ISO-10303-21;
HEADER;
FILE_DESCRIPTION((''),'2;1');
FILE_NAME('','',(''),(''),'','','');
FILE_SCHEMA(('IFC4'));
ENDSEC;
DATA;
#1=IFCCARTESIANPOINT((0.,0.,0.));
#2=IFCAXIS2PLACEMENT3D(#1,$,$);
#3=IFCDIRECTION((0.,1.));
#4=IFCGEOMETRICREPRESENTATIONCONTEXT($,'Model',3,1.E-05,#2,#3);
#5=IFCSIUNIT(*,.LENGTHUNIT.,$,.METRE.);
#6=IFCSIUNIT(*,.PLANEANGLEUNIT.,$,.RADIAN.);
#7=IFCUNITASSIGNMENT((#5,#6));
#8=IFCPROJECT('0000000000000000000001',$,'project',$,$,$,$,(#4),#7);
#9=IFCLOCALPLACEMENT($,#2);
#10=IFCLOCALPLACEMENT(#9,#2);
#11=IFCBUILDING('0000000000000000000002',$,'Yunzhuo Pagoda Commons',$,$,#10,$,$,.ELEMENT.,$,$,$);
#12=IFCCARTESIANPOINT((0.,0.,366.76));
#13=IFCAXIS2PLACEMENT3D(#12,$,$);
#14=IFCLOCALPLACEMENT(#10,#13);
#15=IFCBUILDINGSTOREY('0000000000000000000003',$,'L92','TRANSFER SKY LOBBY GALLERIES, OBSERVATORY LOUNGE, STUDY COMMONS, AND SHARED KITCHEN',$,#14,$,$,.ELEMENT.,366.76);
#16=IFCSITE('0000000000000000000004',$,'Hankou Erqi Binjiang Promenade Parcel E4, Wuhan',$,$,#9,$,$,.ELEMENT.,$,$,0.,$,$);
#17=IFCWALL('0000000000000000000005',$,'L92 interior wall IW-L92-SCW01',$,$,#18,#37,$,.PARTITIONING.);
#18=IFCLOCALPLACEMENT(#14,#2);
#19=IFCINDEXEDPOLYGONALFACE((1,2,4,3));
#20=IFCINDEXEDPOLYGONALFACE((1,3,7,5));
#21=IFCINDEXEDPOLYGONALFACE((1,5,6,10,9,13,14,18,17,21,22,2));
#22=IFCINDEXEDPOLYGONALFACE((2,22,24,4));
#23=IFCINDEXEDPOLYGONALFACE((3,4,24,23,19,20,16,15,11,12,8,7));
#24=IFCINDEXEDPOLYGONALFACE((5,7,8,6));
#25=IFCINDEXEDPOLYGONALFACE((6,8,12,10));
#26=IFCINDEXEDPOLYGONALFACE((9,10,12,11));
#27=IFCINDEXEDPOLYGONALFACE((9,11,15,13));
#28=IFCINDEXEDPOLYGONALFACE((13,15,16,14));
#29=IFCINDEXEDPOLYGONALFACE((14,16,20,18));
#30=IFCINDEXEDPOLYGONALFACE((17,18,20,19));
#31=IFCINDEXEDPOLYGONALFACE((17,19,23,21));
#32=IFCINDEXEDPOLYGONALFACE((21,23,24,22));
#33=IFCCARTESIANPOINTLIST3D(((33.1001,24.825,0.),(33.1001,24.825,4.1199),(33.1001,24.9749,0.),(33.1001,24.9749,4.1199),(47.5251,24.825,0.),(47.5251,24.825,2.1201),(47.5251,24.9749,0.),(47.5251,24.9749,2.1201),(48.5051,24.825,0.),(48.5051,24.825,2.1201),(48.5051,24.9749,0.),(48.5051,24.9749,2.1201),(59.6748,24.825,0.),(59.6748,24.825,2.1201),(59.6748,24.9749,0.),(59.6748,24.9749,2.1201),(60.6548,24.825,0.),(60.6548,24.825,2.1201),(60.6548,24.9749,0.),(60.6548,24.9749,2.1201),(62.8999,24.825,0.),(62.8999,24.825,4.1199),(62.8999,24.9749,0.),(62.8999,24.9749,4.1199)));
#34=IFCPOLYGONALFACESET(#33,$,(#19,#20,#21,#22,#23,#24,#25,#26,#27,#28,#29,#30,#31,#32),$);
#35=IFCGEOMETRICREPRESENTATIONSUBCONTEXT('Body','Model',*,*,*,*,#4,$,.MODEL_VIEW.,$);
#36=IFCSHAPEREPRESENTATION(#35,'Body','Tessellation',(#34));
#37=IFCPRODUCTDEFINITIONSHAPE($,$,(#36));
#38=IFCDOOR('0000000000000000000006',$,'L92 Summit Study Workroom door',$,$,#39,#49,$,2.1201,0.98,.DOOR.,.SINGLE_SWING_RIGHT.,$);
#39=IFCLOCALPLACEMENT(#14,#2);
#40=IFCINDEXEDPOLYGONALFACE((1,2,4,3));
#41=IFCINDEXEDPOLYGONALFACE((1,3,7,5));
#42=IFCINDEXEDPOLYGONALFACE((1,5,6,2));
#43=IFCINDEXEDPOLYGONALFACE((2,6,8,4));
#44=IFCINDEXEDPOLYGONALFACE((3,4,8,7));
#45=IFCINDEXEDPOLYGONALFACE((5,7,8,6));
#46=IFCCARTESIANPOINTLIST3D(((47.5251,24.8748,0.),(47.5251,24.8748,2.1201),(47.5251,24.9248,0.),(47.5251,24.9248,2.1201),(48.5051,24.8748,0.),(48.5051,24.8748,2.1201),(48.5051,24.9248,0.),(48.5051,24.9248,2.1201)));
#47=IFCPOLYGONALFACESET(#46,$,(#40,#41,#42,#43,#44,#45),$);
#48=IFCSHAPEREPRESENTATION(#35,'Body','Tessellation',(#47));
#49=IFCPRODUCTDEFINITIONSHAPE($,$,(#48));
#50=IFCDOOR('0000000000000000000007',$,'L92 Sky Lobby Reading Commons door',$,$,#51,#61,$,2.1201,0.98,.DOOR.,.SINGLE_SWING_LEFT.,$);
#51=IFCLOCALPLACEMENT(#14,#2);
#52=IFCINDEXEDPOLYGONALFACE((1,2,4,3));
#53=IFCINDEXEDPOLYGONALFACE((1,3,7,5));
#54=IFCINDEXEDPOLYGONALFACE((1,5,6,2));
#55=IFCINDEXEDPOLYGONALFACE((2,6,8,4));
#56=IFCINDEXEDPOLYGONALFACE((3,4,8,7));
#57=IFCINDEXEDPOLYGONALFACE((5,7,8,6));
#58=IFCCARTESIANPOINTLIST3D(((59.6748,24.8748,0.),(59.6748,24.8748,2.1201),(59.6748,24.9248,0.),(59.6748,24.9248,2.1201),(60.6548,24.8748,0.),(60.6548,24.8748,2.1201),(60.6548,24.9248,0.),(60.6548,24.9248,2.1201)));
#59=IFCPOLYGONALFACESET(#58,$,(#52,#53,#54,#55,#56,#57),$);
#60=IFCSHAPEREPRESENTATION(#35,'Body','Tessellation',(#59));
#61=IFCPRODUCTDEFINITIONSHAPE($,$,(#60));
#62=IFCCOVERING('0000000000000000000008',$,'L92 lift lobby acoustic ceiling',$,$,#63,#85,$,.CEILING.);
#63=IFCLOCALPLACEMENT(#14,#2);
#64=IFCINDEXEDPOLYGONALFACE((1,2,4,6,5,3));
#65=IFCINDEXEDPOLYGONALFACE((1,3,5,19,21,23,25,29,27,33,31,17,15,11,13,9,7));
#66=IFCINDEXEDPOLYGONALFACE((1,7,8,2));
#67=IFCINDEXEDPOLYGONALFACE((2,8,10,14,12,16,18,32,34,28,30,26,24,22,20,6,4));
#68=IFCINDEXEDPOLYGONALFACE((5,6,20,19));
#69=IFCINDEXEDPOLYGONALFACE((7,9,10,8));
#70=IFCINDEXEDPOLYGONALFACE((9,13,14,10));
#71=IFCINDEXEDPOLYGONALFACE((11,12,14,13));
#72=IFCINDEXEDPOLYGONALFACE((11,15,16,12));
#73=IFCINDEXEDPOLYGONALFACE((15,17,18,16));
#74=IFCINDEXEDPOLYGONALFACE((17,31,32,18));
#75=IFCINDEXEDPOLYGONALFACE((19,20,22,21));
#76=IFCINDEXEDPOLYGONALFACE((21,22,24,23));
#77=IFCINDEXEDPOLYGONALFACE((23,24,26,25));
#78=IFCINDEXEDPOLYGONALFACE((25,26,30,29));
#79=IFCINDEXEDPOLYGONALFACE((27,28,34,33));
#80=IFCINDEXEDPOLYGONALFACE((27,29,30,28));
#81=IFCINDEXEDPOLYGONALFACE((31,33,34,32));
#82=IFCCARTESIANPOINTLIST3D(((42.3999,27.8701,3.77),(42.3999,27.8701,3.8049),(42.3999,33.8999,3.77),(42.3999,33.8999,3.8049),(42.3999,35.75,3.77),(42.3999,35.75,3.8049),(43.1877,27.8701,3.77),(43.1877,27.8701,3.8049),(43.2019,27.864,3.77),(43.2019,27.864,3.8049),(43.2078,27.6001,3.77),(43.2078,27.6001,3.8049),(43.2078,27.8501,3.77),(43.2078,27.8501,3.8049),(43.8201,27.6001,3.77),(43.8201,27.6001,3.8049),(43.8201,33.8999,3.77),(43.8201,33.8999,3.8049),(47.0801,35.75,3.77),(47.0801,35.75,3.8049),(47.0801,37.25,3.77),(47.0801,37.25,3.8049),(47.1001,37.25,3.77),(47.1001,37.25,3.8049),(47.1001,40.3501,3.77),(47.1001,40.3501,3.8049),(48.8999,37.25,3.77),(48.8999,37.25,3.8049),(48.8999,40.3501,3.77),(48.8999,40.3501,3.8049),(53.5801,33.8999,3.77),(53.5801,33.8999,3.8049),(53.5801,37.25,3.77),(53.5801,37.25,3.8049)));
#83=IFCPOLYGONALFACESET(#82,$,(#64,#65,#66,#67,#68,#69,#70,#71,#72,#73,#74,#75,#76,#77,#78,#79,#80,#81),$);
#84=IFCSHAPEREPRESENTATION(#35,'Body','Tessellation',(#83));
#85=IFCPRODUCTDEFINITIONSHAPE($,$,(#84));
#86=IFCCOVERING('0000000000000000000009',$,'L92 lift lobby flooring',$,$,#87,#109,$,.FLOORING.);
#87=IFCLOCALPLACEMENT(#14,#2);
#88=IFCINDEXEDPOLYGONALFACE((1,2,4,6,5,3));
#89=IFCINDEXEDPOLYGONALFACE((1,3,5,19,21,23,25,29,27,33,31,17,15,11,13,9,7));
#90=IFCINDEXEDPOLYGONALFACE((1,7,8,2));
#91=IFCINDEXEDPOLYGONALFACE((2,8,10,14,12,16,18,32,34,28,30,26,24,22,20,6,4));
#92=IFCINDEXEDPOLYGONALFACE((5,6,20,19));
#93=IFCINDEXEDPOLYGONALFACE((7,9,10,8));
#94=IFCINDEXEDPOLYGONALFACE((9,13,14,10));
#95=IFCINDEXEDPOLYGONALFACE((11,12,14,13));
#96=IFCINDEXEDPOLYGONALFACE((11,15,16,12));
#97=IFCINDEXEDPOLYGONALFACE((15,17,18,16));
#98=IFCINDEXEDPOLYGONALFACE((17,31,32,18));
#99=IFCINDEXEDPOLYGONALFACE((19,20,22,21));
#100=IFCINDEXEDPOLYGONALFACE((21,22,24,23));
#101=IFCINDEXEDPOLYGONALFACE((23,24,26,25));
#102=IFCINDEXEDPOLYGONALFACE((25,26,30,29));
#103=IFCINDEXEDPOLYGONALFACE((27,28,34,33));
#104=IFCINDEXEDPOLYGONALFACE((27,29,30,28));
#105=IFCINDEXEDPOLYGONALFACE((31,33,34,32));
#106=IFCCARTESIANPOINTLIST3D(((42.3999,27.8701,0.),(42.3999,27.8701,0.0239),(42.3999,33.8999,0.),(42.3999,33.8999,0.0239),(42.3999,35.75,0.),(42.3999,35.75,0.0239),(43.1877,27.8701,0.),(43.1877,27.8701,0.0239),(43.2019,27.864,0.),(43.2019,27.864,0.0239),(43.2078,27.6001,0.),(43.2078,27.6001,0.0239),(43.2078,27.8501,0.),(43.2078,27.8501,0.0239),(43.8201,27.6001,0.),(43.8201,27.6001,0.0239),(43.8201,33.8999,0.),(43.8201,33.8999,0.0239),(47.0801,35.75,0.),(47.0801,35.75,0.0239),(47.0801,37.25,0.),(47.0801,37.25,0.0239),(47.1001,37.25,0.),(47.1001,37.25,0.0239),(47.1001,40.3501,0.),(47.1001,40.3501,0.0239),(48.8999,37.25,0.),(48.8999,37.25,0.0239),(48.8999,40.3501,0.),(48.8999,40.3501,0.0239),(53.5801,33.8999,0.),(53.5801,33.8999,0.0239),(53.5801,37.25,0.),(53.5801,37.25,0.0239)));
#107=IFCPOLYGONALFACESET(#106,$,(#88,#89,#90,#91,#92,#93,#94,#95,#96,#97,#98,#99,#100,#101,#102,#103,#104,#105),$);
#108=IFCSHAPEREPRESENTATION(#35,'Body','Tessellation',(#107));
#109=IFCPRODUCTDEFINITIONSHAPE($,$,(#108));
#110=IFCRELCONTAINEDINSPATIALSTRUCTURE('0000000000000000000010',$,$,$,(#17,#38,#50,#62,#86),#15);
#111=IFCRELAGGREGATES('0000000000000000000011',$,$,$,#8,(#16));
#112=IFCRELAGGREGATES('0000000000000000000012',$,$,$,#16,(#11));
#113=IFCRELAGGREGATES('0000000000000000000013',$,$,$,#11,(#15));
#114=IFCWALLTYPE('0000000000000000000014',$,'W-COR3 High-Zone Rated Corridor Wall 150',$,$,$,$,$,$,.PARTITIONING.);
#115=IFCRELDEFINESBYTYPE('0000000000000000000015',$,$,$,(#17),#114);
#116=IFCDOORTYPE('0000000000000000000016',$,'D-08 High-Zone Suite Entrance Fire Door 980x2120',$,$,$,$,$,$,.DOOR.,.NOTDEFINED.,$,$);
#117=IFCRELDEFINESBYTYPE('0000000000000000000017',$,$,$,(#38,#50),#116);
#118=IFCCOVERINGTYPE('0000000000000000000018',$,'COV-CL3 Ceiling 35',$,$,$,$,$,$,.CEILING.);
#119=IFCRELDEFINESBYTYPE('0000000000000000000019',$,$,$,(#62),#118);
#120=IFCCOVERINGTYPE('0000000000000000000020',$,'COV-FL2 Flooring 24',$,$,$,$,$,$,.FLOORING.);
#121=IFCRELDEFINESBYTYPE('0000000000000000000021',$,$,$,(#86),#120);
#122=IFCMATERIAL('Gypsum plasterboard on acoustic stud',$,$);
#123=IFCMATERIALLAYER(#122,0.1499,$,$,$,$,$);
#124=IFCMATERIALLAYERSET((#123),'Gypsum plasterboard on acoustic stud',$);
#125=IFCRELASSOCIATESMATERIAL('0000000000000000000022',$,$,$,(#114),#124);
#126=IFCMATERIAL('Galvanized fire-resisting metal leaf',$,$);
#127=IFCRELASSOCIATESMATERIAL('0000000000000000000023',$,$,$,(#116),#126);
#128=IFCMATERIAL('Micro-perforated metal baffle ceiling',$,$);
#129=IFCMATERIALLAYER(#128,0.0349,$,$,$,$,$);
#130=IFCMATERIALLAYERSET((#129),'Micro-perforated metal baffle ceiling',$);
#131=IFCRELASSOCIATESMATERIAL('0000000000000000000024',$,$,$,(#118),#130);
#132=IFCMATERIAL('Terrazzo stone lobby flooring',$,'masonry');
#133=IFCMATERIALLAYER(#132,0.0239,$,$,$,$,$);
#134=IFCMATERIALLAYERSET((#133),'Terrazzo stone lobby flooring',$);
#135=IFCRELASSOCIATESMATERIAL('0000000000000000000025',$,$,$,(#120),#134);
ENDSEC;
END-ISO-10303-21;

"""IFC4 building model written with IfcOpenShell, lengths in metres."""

from ifc_helpers import new_model, si_unit, direction, frame, frame_2d, origin, origin_with_axes, place, context, subcontext, project, spatial, polyline, rectangle, outline, extrude, source, transform, mapped, material, layer, layer_set, type_object, element, fill, save


model = new_model("IFC4")

# Units and contexts
model_context = context("Model", 3, precision=1e-05, world=origin(), true_north=direction((0.0, 1.0)))
body_context = subcontext(model_context, "Body", "Model", "MODEL_VIEW")
ifc_project = project(units=[si_unit("LENGTHUNIT", "METRE"), si_unit("PLANEANGLEUNIT", "RADIAN")], contexts=[model_context])

# Site, building, storey
site_placement = place(None, origin())
site = spatial("IfcSite", under=ifc_project, at=site_placement, Name="Hankou Erqi Binjiang Promenade Parcel E4, Wuhan", CompositionType="ELEMENT", RefElevation=0.0)
building_placement = place(site_placement, origin())
building = spatial("IfcBuilding", under=site, at=building_placement, Name="Yunzhuo Pagoda Commons", CompositionType="ELEMENT")
storey_placement = place(building_placement, frame((0.0, 0.0, 366.76)))
storey = spatial("IfcBuildingStorey", under=building, at=storey_placement, Name="L92", Description="TRANSFER SKY LOBBY GALLERIES, OBSERVATORY LOUNGE, STUDY COMMONS, AND SHARED KITCHEN", CompositionType="ELEMENT", Elevation=366.76)

# Wall, openings, doors
ifc_material_1 = material(Name="Gypsum plasterboard on acoustic stud")
ifc_layer_1 = layer(ifc_material_1, 0.1499)
ifc_layer_set_1 = layer_set([ifc_layer_1], Name="Gypsum plasterboard on acoustic stud")
wall_type_1 = type_object("IfcWallType", Name="W-COR3 High-Zone Rated Corridor Wall 150", PredefinedType="PARTITIONING", material=ifc_layer_set_1)
wall_1_placement = place(storey_placement, frame((33.1001, 24.8999, 0.0), z_axis=(0.0, 0.0, 1.0), x_axis=(1.0, 0.0, 0.0)))
wall_1 = element("IfcWall", 1, at=wall_1_placement, inside=storey, type_object=wall_type_1, Name="L92 interior wall IW-L92-SCW01", PredefinedType="PARTITIONING", context=body_context, shape_type="SweptSolid", body=[
    extrude(rectangle(XDim=29.7998, YDim=0.1499, at=frame_2d((14.8999, 0.0))), origin(), (0.0, 0.0, 1.0), 4.1199),
])
opening_1_placement = place(wall_1_placement, frame((14.425, 0.0, 0.0)))
opening_1 = element("IfcOpeningElement", 2, at=opening_1_placement, cuts=wall_1, PredefinedType="OPENING", context=body_context, shape_type="SweptSolid", body=[
    extrude(rectangle(XDim=0.98, YDim=2.1201, at=frame_2d((0.49, 1.0601))), frame((0.0, 0.085, 0.0), z_axis=(0.0, -1.0, 0.0), x_axis=(1.0, 0.0, 0.0)), (0.0, 0.0, 1.0), 0.1699),
])
opening_2_placement = place(wall_1_placement, frame((26.5747, 0.0, 0.0)))
opening_2 = element("IfcOpeningElement", 3, at=opening_2_placement, cuts=wall_1, PredefinedType="OPENING", context=body_context, shape_type="SweptSolid", body=[
    extrude(rectangle(XDim=0.98, YDim=2.1201, at=frame_2d((0.49, 1.0601))), frame((0.0, 0.085, 0.0), z_axis=(0.0, -1.0, 0.0), x_axis=(1.0, 0.0, 0.0)), (0.0, 0.0, 1.0), 0.1699),
])
ifc_material_2 = material(Name="Galvanized fire-resisting metal leaf")
door_type_1 = type_object("IfcDoorType", Name="D-08 High-Zone Suite Entrance Fire Door 980x2120", OperationType="NOTDEFINED", PredefinedType="DOOR", material=ifc_material_2)
shared_shape_1 = source(origin(), body_context, "Body", "SweptSolid", [
    extrude(rectangle(XDim=0.98, YDim=2.1201, at=frame_2d((0.49, 1.0601))), frame((0.0, 0.0249, 0.0), z_axis=(0.0, -1.0, 0.0), x_axis=(1.0, 0.0, 0.0)), (0.0, 0.0, 1.0), 0.05),
])
door_1_placement = place(opening_1_placement, origin_with_axes())
door_1 = element("IfcDoor", 4, at=door_1_placement, inside=storey, type_object=door_type_1, Name="L92 Summit Study Workroom door", OperationType="SINGLE_SWING_RIGHT", OverallHeight=2.1201, OverallWidth=0.98, PredefinedType="DOOR", context=body_context, shape_type="MappedRepresentation", body=[
    mapped(shared_shape_1, transform((0.0, 0.0, 0.0), scale=1.0)),
])
fill(opening_1, door_1)
door_2_placement = place(opening_2_placement, origin_with_axes())
door_2 = element("IfcDoor", 5, at=door_2_placement, inside=storey, type_object=door_type_1, Name="L92 Sky Lobby Reading Commons door", OperationType="SINGLE_SWING_LEFT", OverallHeight=2.1201, OverallWidth=0.98, PredefinedType="DOOR", context=body_context, shape_type="MappedRepresentation", body=[
    mapped(shared_shape_1, transform((0.0, 0.0, 0.0), scale=1.0)),
])
fill(opening_2, door_2)

# Coverings
ifc_material_3 = material(Name="Micro-perforated metal baffle ceiling")
ifc_layer_2 = layer(ifc_material_3, 0.0349)
ifc_layer_set_2 = layer_set([ifc_layer_2], Name="Micro-perforated metal baffle ceiling")
covering_type_1 = type_object("IfcCoveringType", Name="COV-CL3 Ceiling 35", PredefinedType="CEILING", material=ifc_layer_set_2)
covering_1_placement = place(storey_placement, frame((0.0, 0.0, 3.77)))
element("IfcCovering", 6, at=covering_1_placement, inside=storey, type_object=covering_type_1, Name="L92 lift lobby acoustic ceiling", PredefinedType="CEILING", context=body_context, shape_type="SweptSolid", body=[
    extrude(outline(polyline([(42.3999, 35.75), (47.0801, 35.75), (47.0801, 37.25), (47.1001, 37.25), (47.1001, 40.3501), (48.8999, 40.3501), (48.8999, 37.25), (53.5801, 37.25), (53.5801, 33.8999), (43.8201, 33.8999), (43.8201, 27.6001), (43.2078, 27.6001), (43.2078, 27.8501), (43.2019, 27.864), (43.1877, 27.8701), (42.3999, 27.8701), (42.3999, 33.8999), (42.3999, 35.75)])), origin(), (0.0, 0.0, 1.0), 0.0349),
])
ifc_material_4 = material(Name="Terrazzo stone lobby flooring", Category="masonry")
ifc_layer_3 = layer(ifc_material_4, 0.0239)
ifc_layer_set_3 = layer_set([ifc_layer_3], Name="Terrazzo stone lobby flooring")
covering_type_2 = type_object("IfcCoveringType", Name="COV-FL2 Flooring 24", PredefinedType="FLOORING", material=ifc_layer_set_3)
covering_2_placement = place(storey_placement, origin())
element("IfcCovering", 7, at=covering_2_placement, inside=storey, type_object=covering_type_2, Name="L92 lift lobby flooring", PredefinedType="FLOORING", context=body_context, shape_type="SweptSolid", body=[
    extrude(outline(polyline([(42.3999, 35.75), (47.0801, 35.75), (47.0801, 37.25), (47.1001, 37.25), (47.1001, 40.3501), (48.8999, 40.3501), (48.8999, 37.25), (53.5801, 37.25), (53.5801, 33.8999), (43.8201, 33.8999), (43.8201, 27.6001), (43.2078, 27.6001), (43.2078, 27.8501), (43.2019, 27.864), (43.1877, 27.8701), (42.3999, 27.8701), (42.3999, 33.8999), (42.3999, 35.75)])), origin(), (0.0, 0.0, 1.0), 0.0239),
])

save(model, "model.ifc")
